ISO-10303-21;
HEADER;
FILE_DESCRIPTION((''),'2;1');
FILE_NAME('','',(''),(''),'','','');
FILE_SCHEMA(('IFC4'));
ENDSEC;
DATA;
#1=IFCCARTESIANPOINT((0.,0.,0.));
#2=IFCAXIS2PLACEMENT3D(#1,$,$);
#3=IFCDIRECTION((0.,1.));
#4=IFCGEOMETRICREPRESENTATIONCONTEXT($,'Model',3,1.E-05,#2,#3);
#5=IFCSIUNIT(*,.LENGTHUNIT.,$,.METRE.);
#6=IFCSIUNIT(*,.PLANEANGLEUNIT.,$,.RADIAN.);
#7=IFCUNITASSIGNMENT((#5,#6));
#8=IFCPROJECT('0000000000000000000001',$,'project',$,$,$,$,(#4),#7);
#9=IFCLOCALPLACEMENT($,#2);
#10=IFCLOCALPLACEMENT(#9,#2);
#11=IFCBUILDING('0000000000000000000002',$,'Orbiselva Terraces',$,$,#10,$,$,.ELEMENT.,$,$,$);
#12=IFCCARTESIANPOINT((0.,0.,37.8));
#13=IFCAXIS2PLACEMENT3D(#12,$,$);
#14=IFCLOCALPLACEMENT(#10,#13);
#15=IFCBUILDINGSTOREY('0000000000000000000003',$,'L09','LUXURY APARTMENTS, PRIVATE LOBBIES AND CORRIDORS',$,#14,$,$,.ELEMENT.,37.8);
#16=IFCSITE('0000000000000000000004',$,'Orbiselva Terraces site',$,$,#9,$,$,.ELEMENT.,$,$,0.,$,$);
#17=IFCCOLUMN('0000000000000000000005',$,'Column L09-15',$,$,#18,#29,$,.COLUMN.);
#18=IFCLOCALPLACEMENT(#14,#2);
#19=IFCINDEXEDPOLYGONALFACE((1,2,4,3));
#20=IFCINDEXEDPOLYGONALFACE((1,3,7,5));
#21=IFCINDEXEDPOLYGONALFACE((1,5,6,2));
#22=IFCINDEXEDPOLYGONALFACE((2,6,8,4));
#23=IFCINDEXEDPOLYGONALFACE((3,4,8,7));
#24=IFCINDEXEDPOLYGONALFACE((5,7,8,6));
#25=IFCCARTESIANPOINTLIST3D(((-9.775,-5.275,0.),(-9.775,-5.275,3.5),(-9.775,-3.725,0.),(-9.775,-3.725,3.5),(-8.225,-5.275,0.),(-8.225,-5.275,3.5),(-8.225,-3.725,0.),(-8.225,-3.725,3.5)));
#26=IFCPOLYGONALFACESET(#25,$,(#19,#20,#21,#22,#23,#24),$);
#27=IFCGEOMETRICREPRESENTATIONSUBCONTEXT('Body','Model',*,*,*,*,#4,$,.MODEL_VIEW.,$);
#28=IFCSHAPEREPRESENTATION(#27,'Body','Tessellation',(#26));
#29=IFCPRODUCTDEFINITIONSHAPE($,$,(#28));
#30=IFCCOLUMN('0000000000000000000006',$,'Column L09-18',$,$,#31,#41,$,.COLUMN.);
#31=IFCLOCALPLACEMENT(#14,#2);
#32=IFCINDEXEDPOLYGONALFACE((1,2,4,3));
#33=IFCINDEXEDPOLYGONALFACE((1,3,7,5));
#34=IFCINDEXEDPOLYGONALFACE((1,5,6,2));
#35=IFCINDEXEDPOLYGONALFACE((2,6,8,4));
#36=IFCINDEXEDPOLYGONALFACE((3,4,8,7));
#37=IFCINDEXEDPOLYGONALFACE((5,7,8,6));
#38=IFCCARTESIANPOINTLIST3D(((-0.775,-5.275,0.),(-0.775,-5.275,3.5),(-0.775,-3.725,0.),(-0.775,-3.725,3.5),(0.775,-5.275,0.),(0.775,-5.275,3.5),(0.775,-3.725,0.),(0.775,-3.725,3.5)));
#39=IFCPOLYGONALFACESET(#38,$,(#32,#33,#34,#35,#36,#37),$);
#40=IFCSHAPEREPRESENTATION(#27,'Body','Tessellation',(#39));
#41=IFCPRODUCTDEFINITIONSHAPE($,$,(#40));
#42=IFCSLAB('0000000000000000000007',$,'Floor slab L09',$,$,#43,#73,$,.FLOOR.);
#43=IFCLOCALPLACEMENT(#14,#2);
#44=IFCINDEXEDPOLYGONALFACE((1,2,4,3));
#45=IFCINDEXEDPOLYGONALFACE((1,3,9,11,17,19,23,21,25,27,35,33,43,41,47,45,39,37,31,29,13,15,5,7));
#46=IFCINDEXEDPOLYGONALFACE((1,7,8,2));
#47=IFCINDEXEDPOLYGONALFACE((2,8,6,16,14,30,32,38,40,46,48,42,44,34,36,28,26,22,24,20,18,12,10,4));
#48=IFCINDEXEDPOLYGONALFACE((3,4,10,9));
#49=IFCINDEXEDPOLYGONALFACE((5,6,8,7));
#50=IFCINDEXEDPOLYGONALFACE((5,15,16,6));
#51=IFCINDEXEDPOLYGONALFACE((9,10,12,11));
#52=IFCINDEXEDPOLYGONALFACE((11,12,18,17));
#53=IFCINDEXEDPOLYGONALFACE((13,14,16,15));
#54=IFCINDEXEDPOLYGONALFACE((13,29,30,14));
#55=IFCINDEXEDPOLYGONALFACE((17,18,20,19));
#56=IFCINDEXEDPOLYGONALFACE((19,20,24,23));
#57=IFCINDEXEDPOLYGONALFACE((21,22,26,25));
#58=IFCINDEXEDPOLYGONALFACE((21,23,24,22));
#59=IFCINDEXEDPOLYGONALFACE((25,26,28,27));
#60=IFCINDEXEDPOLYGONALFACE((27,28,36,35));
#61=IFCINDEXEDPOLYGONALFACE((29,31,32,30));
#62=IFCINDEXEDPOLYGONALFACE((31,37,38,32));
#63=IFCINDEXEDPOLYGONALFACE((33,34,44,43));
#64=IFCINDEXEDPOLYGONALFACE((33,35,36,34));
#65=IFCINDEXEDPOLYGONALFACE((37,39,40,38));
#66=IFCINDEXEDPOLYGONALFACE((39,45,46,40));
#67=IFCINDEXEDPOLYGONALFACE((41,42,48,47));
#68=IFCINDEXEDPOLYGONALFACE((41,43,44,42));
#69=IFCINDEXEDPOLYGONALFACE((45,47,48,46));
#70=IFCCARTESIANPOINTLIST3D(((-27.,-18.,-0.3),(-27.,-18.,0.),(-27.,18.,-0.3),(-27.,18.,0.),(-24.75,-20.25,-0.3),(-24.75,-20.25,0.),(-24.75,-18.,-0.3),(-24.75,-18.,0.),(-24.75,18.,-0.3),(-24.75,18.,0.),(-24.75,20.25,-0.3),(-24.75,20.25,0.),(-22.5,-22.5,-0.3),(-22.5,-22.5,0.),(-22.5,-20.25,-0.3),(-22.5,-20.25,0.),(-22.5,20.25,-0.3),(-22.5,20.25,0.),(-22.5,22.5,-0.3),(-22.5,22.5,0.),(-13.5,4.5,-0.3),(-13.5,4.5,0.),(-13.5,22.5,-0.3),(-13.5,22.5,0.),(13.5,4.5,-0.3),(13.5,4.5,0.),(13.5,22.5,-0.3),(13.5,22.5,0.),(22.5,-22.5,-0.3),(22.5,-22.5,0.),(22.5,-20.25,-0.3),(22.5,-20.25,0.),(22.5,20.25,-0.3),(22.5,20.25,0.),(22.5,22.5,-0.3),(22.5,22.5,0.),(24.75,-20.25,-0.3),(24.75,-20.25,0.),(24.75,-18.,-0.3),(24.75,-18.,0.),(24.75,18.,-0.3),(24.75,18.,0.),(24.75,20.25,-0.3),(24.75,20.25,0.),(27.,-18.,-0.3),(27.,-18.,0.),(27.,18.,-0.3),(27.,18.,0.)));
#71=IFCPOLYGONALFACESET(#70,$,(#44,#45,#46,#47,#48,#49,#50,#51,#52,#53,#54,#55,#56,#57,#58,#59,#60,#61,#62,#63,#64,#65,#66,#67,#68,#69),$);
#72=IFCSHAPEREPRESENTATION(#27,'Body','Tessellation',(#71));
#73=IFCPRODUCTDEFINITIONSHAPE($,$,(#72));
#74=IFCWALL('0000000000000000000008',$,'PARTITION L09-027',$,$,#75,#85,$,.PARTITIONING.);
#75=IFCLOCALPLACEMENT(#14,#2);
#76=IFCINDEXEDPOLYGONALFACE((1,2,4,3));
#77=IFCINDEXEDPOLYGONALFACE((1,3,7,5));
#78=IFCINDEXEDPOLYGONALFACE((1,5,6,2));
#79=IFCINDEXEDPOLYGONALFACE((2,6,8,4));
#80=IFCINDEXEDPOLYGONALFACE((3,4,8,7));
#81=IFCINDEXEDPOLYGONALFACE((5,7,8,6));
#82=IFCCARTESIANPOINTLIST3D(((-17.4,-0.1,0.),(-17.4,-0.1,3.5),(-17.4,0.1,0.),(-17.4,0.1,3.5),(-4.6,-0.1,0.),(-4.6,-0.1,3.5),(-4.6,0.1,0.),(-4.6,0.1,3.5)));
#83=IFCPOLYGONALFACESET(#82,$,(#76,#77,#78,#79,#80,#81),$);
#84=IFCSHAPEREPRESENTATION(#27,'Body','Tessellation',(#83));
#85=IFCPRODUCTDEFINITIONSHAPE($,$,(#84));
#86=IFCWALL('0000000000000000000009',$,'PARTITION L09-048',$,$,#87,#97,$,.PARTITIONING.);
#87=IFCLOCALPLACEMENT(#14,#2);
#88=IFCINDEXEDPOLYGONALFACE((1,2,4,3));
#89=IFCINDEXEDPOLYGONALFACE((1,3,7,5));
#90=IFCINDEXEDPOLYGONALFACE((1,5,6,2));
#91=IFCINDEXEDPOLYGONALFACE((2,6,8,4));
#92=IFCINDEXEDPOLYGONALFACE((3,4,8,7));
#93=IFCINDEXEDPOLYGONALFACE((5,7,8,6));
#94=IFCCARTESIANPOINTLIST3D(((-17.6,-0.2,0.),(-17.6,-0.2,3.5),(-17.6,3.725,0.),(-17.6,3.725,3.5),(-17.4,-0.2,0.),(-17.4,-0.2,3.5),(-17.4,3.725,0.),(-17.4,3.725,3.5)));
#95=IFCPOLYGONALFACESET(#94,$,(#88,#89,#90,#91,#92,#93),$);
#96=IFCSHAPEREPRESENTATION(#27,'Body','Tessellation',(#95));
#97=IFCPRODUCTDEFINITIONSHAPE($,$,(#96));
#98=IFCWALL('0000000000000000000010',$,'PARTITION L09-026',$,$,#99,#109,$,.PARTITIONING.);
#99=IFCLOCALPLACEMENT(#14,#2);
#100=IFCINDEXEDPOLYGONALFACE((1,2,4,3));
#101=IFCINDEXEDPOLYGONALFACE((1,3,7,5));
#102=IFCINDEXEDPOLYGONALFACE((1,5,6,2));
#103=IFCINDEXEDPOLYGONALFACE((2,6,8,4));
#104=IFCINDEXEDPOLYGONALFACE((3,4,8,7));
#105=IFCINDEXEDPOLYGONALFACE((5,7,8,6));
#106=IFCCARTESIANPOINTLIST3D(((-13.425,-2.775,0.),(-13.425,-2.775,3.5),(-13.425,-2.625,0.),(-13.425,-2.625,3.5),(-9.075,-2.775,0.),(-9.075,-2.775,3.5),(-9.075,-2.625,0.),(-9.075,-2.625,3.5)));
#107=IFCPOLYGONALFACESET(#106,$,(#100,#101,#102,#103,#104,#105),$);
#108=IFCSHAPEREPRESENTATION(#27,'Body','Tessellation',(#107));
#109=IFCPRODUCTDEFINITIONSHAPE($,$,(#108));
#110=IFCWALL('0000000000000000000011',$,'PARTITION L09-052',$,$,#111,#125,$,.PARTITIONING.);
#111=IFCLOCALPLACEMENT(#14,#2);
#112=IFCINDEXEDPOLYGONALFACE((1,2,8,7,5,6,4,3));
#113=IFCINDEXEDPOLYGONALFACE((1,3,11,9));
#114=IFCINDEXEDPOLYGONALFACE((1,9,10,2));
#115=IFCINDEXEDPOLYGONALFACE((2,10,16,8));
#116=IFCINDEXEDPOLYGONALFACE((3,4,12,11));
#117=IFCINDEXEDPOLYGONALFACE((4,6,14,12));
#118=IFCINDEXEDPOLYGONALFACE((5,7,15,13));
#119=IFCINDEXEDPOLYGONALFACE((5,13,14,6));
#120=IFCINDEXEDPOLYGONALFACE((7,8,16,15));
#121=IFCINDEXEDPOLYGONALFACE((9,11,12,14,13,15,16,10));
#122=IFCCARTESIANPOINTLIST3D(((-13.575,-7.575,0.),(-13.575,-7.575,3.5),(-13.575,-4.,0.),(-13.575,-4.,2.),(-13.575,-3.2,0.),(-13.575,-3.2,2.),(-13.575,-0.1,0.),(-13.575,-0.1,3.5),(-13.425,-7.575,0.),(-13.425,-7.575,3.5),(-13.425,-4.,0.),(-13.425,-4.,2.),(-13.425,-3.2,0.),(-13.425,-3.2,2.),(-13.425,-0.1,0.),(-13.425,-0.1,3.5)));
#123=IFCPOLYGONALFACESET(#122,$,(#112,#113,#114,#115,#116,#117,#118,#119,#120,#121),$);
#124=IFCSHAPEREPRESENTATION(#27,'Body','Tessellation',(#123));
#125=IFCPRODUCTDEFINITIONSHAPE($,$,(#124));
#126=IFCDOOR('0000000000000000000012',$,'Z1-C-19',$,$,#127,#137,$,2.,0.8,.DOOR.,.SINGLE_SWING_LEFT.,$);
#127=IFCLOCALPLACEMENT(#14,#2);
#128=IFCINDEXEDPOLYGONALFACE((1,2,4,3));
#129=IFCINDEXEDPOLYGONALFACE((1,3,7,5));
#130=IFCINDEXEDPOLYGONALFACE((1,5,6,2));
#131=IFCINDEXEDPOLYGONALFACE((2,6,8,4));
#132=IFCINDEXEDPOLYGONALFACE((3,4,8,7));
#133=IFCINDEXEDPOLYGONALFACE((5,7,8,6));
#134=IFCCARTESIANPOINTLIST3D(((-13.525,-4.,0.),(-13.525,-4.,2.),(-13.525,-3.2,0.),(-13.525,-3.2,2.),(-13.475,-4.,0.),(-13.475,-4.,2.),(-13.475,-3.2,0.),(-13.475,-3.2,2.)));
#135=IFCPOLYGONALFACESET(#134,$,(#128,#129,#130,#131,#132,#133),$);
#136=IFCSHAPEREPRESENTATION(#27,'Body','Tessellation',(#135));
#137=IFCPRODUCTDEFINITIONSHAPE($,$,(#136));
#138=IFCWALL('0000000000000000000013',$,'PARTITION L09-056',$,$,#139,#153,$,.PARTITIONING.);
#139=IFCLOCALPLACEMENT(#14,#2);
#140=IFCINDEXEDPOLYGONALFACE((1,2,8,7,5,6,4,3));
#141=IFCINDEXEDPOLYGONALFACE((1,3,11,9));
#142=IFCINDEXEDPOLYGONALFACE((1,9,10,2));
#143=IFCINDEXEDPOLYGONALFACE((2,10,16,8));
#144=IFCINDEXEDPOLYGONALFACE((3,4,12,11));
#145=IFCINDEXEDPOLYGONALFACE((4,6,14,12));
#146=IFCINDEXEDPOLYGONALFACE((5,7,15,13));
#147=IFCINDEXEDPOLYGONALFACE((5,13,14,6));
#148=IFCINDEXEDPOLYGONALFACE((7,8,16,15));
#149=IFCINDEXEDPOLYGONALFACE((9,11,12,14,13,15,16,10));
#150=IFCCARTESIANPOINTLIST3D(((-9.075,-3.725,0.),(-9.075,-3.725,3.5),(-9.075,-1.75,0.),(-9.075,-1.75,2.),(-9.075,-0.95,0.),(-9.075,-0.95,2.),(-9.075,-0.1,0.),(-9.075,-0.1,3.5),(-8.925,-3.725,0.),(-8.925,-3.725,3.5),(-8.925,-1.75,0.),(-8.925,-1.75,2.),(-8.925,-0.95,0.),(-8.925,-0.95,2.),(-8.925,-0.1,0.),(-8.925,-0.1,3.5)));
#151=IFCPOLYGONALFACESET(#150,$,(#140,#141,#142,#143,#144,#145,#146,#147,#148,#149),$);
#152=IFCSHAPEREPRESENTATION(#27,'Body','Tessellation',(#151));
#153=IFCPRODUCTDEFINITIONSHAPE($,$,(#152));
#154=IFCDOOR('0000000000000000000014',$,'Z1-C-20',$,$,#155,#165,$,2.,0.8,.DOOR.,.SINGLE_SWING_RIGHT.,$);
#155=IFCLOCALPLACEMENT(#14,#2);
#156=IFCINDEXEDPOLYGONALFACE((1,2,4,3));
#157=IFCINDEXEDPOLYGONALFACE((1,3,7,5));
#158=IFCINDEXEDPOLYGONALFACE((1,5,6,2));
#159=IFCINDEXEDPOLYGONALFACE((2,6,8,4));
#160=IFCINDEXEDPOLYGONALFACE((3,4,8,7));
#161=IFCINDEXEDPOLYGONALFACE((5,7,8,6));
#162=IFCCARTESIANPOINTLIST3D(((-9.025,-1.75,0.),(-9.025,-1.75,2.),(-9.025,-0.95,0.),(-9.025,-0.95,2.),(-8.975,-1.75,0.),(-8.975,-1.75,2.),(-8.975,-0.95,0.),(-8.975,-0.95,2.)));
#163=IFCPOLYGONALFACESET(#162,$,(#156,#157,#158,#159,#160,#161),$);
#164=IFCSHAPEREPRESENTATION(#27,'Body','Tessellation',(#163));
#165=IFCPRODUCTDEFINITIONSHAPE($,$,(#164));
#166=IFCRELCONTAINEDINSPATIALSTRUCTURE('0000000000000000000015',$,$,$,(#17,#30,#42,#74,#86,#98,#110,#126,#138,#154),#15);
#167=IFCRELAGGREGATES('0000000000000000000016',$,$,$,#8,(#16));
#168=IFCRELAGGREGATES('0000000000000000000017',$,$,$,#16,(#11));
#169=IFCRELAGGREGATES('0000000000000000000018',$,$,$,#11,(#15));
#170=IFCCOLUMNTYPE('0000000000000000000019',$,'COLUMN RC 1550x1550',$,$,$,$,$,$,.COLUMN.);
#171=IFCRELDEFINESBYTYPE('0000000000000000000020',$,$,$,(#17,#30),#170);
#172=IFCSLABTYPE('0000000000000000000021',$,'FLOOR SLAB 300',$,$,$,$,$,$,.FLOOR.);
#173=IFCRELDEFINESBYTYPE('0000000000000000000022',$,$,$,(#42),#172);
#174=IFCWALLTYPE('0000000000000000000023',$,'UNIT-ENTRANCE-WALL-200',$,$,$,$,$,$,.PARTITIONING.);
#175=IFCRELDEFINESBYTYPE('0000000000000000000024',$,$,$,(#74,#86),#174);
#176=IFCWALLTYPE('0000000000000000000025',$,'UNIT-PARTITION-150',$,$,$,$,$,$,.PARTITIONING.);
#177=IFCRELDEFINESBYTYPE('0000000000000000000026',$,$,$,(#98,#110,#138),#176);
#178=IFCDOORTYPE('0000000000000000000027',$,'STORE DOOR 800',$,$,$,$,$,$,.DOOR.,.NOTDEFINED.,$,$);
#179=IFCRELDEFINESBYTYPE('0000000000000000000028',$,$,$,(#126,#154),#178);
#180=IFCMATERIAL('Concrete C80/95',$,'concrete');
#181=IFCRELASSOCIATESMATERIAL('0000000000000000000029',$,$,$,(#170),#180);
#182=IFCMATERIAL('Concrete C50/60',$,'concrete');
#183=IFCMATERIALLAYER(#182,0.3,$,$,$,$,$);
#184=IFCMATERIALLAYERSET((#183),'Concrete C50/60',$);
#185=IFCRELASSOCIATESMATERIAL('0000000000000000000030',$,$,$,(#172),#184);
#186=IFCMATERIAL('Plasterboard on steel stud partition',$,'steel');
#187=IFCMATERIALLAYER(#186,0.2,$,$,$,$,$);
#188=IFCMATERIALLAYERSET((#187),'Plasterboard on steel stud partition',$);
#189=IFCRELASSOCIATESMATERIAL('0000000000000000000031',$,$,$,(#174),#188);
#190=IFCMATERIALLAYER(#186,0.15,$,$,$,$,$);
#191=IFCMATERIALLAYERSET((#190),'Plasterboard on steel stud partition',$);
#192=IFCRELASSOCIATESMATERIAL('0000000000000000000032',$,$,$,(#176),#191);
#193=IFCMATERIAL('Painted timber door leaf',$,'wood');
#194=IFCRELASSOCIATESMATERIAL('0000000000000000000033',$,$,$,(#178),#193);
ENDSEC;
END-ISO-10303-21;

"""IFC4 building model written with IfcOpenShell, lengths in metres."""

from ifc_helpers import new_model, si_unit, direction, frame, frame_2d, origin, origin_2d, place, context, subcontext, project, spatial, polyline, rectangle, outline, extrude, material, layer, layer_set, material_profile, profile_set, type_object, element, fill, save


model = new_model("IFC4")

# Units and contexts
model_context = context("Model", 3, precision=1e-05, world=origin(), true_north=direction((0.0, 1.0)))
body_context = subcontext(model_context, "Body", "Model", "MODEL_VIEW")
ifc_project = project(units=[si_unit("LENGTHUNIT", "METRE"), si_unit("PLANEANGLEUNIT", "RADIAN")], contexts=[model_context])

# Site, building, storey
site_placement = place(None, origin())
site = spatial("IfcSite", under=ifc_project, at=site_placement, Name="Orbiselva Terraces site", CompositionType="ELEMENT", RefElevation=0.0)
building_placement = place(site_placement, origin())
building = spatial("IfcBuilding", under=site, at=building_placement, Name="Orbiselva Terraces", CompositionType="ELEMENT")
storey_placement = place(building_placement, frame((0.0, 0.0, 37.8)))
storey = spatial("IfcBuildingStorey", under=building, at=storey_placement, Name="L09", Description="LUXURY APARTMENTS, PRIVATE LOBBIES AND CORRIDORS", CompositionType="ELEMENT", Elevation=37.8)

# Columns
ifc_material_1 = material(Name="Concrete C80/95", Category="concrete")
ifc_material_profile = material_profile(ifc_material_1, rectangle(XDim=1.55, YDim=1.55, at=origin_2d()), Name="RC 1550x1550")
ifc_profile_set = profile_set([ifc_material_profile], Name="Concrete C80/95")
column_type = type_object("IfcColumnType", Name="COLUMN RC 1550x1550", PredefinedType="COLUMN", material=ifc_profile_set)
for number, where, z_axis, x_axis, name in (
    (1, (-9.0, -4.5, 0.0), (0.0, 0.0, 1.0), (1.0, 0.0, 0.0), "Column L09-15"),
    (2, (0.0, -4.5, 0.0), (0.0, 0.0, 1.0), (1.0, 0.0, 0.0), "Column L09-18"),
):
    element("IfcColumn", number, at=place(storey_placement, frame(where, z_axis=z_axis, x_axis=x_axis)), inside=storey, type_object=column_type, Name=name, PredefinedType="COLUMN", context=body_context, shape_type="SweptSolid", body=[
        extrude(rectangle(XDim=1.55, YDim=1.55, at=origin_2d()), origin(), (0.0, 0.0, 1.0), 3.5),
    ])

# Slab
ifc_material_2 = material(Name="Concrete C50/60", Category="concrete")
ifc_layer_1 = layer(ifc_material_2, 0.3)
ifc_layer_set_1 = layer_set([ifc_layer_1], Name="Concrete C50/60")
slab_type = type_object("IfcSlabType", Name="FLOOR SLAB 300", PredefinedType="FLOOR", material=ifc_layer_set_1)
slab_placement = place(storey_placement, frame((0.0, 0.0, -0.3)))
element("IfcSlab", 3, at=slab_placement, inside=storey, type_object=slab_type, Name="Floor slab L09", PredefinedType="FLOOR", context=body_context, shape_type="SweptSolid", body=[
    extrude(outline(polyline([(22.5, 22.5), (22.5, 20.25), (24.75, 20.25), (24.75, 18.0), (27.0, 18.0), (27.0, -18.0), (24.75, -18.0), (24.75, -20.25), (22.5, -20.25), (22.5, -22.5), (-22.5, -22.5), (-22.5, -20.25), (-24.75, -20.25), (-24.75, -18.0), (-27.0, -18.0), (-27.0, 18.0), (-24.75, 18.0), (-24.75, 20.25), (-22.5, 20.25), (-22.5, 22.5), (-13.5, 22.5), (-13.5, 4.5), (13.5, 4.5), (13.5, 22.5), (22.5, 22.5)])), origin(), (0.0, 0.0, 1.0), 0.3),
])

# Walls
ifc_material_3 = material(Name="Plasterboard on steel stud partition", Category="steel")
ifc_layer_2 = layer(ifc_material_3, 0.2)
ifc_layer_set_2 = layer_set([ifc_layer_2], Name="Plasterboard on steel stud partition")
wall_type_1 = type_object("IfcWallType", Name="UNIT-ENTRANCE-WALL-200", PredefinedType="PARTITIONING", material=ifc_layer_set_2)
wall_1_placement = place(storey_placement, frame((-17.4, 0.0, 0.0), z_axis=(0.0, 0.0, 1.0), x_axis=(1.0, 0.0, 0.0)))
element("IfcWall", 4, at=wall_1_placement, inside=storey, type_object=wall_type_1, Name="PARTITION L09-027", PredefinedType="PARTITIONING", context=body_context, shape_type="SweptSolid", body=[
    extrude(rectangle(XDim=12.8, YDim=0.2, at=frame_2d((6.4, 0.0))), origin(), (0.0, 0.0, 1.0), 3.5),
])
wall_2_placement = place(storey_placement, frame((-17.5, -0.2, 0.0), z_axis=(0.0, 0.0, 1.0), x_axis=(0.0, 1.0, 0.0)))
element("IfcWall", 5, at=wall_2_placement, inside=storey, type_object=wall_type_1, Name="PARTITION L09-048", PredefinedType="PARTITIONING", context=body_context, shape_type="SweptSolid", body=[
    extrude(rectangle(XDim=3.925, YDim=0.2, at=frame_2d((1.9625, 0.0))), origin(), (0.0, 0.0, 1.0), 3.5),
])
ifc_layer_3 = layer(ifc_material_3, 0.15)
ifc_layer_set_3 = layer_set([ifc_layer_3], Name="Plasterboard on steel stud partition")
wall_type_2 = type_object("IfcWallType", Name="UNIT-PARTITION-150", PredefinedType="PARTITIONING", material=ifc_layer_set_3)
wall_3_placement = place(storey_placement, frame((-13.425, -2.7, 0.0), z_axis=(0.0, 0.0, 1.0), x_axis=(1.0, 0.0, 0.0)))
element("IfcWall", 6, at=wall_3_placement, inside=storey, type_object=wall_type_2, Name="PARTITION L09-026", PredefinedType="PARTITIONING", context=body_context, shape_type="SweptSolid", body=[
    extrude(rectangle(XDim=4.35, YDim=0.15, at=frame_2d((2.175, 0.0))), origin(), (0.0, 0.0, 1.0), 3.5),
])

# Walls, openings, doors
wall_4_placement = place(storey_placement, frame((-13.5, -0.1, 0.0), z_axis=(0.0, 0.0, 1.0), x_axis=(0.0, -1.0, 0.0)))
wall_4 = element("IfcWall", 7, at=wall_4_placement, inside=storey, type_object=wall_type_2, Name="PARTITION L09-052", PredefinedType="PARTITIONING", context=body_context, shape_type="SweptSolid", body=[
    extrude(rectangle(XDim=7.475, YDim=0.15, at=frame_2d((3.7375, 0.0))), origin(), (0.0, 0.0, 1.0), 3.5),
])
opening_1_placement = place(wall_4_placement, frame((3.1, 0.0, 0.0)))
opening_1 = element("IfcOpeningElement", 8, at=opening_1_placement, cuts=wall_4, PredefinedType="OPENING", context=body_context, shape_type="SweptSolid", body=[
    extrude(rectangle(XDim=0.8, YDim=2.0, at=frame_2d((0.4, 1.0))), frame((0.0, 0.085, 0.0), z_axis=(0.0, -1.0, 0.0), x_axis=(1.0, 0.0, 0.0)), (0.0, 0.0, 1.0), 0.17),
])
ifc_material_4 = material(Name="Painted timber door leaf", Category="wood")
door_type = type_object("IfcDoorType", Name="STORE DOOR 800", OperationType="NOTDEFINED", PredefinedType="DOOR", material=ifc_material_4)
door_1_placement = place(opening_1_placement, origin())
door_1 = element("IfcDoor", 9, at=door_1_placement, inside=storey, type_object=door_type, Name="Z1-C-19", OperationType="SINGLE_SWING_LEFT", OverallHeight=2.0, OverallWidth=0.8, PredefinedType="DOOR", context=body_context, shape_type="SweptSolid", body=[
    extrude(rectangle(XDim=0.8, YDim=2.0, at=frame_2d((0.4, 1.0))), frame((0.0, 0.025, 0.0), z_axis=(0.0, -1.0, 0.0), x_axis=(1.0, 0.0, 0.0)), (0.0, 0.0, 1.0), 0.05),
])
fill(opening_1, door_1)
wall_5_placement = place(storey_placement, frame((-9.0, -3.725, 0.0), z_axis=(0.0, 0.0, 1.0), x_axis=(0.0, 1.0, 0.0)))
wall_5 = element("IfcWall", 10, at=wall_5_placement, inside=storey, type_object=wall_type_2, Name="PARTITION L09-056", PredefinedType="PARTITIONING", context=body_context, shape_type="SweptSolid", body=[
    extrude(rectangle(XDim=3.625, YDim=0.15, at=frame_2d((1.8125, 0.0))), origin(), (0.0, 0.0, 1.0), 3.5),
])
opening_2_placement = place(wall_5_placement, frame((1.975, 0.0, 0.0)))
opening_2 = element("IfcOpeningElement", 11, at=opening_2_placement, cuts=wall_5, PredefinedType="OPENING", context=body_context, shape_type="SweptSolid", body=[
    extrude(rectangle(XDim=0.8, YDim=2.0, at=frame_2d((0.4, 1.0))), frame((0.0, 0.085, 0.0), z_axis=(0.0, -1.0, 0.0), x_axis=(1.0, 0.0, 0.0)), (0.0, 0.0, 1.0), 0.17),
])
door_2_placement = place(opening_2_placement, origin())
door_2 = element("IfcDoor", 12, at=door_2_placement, inside=storey, type_object=door_type, Name="Z1-C-20", OperationType="SINGLE_SWING_RIGHT", OverallHeight=2.0, OverallWidth=0.8, PredefinedType="DOOR", context=body_context, shape_type="SweptSolid", body=[
    extrude(rectangle(XDim=0.8, YDim=2.0, at=frame_2d((0.4, 1.0))), frame((0.0, 0.025, 0.0), z_axis=(0.0, -1.0, 0.0), x_axis=(1.0, 0.0, 0.0)), (0.0, 0.0, 1.0), 0.05),
])
fill(opening_2, door_2)

save(model, "model.ifc")
